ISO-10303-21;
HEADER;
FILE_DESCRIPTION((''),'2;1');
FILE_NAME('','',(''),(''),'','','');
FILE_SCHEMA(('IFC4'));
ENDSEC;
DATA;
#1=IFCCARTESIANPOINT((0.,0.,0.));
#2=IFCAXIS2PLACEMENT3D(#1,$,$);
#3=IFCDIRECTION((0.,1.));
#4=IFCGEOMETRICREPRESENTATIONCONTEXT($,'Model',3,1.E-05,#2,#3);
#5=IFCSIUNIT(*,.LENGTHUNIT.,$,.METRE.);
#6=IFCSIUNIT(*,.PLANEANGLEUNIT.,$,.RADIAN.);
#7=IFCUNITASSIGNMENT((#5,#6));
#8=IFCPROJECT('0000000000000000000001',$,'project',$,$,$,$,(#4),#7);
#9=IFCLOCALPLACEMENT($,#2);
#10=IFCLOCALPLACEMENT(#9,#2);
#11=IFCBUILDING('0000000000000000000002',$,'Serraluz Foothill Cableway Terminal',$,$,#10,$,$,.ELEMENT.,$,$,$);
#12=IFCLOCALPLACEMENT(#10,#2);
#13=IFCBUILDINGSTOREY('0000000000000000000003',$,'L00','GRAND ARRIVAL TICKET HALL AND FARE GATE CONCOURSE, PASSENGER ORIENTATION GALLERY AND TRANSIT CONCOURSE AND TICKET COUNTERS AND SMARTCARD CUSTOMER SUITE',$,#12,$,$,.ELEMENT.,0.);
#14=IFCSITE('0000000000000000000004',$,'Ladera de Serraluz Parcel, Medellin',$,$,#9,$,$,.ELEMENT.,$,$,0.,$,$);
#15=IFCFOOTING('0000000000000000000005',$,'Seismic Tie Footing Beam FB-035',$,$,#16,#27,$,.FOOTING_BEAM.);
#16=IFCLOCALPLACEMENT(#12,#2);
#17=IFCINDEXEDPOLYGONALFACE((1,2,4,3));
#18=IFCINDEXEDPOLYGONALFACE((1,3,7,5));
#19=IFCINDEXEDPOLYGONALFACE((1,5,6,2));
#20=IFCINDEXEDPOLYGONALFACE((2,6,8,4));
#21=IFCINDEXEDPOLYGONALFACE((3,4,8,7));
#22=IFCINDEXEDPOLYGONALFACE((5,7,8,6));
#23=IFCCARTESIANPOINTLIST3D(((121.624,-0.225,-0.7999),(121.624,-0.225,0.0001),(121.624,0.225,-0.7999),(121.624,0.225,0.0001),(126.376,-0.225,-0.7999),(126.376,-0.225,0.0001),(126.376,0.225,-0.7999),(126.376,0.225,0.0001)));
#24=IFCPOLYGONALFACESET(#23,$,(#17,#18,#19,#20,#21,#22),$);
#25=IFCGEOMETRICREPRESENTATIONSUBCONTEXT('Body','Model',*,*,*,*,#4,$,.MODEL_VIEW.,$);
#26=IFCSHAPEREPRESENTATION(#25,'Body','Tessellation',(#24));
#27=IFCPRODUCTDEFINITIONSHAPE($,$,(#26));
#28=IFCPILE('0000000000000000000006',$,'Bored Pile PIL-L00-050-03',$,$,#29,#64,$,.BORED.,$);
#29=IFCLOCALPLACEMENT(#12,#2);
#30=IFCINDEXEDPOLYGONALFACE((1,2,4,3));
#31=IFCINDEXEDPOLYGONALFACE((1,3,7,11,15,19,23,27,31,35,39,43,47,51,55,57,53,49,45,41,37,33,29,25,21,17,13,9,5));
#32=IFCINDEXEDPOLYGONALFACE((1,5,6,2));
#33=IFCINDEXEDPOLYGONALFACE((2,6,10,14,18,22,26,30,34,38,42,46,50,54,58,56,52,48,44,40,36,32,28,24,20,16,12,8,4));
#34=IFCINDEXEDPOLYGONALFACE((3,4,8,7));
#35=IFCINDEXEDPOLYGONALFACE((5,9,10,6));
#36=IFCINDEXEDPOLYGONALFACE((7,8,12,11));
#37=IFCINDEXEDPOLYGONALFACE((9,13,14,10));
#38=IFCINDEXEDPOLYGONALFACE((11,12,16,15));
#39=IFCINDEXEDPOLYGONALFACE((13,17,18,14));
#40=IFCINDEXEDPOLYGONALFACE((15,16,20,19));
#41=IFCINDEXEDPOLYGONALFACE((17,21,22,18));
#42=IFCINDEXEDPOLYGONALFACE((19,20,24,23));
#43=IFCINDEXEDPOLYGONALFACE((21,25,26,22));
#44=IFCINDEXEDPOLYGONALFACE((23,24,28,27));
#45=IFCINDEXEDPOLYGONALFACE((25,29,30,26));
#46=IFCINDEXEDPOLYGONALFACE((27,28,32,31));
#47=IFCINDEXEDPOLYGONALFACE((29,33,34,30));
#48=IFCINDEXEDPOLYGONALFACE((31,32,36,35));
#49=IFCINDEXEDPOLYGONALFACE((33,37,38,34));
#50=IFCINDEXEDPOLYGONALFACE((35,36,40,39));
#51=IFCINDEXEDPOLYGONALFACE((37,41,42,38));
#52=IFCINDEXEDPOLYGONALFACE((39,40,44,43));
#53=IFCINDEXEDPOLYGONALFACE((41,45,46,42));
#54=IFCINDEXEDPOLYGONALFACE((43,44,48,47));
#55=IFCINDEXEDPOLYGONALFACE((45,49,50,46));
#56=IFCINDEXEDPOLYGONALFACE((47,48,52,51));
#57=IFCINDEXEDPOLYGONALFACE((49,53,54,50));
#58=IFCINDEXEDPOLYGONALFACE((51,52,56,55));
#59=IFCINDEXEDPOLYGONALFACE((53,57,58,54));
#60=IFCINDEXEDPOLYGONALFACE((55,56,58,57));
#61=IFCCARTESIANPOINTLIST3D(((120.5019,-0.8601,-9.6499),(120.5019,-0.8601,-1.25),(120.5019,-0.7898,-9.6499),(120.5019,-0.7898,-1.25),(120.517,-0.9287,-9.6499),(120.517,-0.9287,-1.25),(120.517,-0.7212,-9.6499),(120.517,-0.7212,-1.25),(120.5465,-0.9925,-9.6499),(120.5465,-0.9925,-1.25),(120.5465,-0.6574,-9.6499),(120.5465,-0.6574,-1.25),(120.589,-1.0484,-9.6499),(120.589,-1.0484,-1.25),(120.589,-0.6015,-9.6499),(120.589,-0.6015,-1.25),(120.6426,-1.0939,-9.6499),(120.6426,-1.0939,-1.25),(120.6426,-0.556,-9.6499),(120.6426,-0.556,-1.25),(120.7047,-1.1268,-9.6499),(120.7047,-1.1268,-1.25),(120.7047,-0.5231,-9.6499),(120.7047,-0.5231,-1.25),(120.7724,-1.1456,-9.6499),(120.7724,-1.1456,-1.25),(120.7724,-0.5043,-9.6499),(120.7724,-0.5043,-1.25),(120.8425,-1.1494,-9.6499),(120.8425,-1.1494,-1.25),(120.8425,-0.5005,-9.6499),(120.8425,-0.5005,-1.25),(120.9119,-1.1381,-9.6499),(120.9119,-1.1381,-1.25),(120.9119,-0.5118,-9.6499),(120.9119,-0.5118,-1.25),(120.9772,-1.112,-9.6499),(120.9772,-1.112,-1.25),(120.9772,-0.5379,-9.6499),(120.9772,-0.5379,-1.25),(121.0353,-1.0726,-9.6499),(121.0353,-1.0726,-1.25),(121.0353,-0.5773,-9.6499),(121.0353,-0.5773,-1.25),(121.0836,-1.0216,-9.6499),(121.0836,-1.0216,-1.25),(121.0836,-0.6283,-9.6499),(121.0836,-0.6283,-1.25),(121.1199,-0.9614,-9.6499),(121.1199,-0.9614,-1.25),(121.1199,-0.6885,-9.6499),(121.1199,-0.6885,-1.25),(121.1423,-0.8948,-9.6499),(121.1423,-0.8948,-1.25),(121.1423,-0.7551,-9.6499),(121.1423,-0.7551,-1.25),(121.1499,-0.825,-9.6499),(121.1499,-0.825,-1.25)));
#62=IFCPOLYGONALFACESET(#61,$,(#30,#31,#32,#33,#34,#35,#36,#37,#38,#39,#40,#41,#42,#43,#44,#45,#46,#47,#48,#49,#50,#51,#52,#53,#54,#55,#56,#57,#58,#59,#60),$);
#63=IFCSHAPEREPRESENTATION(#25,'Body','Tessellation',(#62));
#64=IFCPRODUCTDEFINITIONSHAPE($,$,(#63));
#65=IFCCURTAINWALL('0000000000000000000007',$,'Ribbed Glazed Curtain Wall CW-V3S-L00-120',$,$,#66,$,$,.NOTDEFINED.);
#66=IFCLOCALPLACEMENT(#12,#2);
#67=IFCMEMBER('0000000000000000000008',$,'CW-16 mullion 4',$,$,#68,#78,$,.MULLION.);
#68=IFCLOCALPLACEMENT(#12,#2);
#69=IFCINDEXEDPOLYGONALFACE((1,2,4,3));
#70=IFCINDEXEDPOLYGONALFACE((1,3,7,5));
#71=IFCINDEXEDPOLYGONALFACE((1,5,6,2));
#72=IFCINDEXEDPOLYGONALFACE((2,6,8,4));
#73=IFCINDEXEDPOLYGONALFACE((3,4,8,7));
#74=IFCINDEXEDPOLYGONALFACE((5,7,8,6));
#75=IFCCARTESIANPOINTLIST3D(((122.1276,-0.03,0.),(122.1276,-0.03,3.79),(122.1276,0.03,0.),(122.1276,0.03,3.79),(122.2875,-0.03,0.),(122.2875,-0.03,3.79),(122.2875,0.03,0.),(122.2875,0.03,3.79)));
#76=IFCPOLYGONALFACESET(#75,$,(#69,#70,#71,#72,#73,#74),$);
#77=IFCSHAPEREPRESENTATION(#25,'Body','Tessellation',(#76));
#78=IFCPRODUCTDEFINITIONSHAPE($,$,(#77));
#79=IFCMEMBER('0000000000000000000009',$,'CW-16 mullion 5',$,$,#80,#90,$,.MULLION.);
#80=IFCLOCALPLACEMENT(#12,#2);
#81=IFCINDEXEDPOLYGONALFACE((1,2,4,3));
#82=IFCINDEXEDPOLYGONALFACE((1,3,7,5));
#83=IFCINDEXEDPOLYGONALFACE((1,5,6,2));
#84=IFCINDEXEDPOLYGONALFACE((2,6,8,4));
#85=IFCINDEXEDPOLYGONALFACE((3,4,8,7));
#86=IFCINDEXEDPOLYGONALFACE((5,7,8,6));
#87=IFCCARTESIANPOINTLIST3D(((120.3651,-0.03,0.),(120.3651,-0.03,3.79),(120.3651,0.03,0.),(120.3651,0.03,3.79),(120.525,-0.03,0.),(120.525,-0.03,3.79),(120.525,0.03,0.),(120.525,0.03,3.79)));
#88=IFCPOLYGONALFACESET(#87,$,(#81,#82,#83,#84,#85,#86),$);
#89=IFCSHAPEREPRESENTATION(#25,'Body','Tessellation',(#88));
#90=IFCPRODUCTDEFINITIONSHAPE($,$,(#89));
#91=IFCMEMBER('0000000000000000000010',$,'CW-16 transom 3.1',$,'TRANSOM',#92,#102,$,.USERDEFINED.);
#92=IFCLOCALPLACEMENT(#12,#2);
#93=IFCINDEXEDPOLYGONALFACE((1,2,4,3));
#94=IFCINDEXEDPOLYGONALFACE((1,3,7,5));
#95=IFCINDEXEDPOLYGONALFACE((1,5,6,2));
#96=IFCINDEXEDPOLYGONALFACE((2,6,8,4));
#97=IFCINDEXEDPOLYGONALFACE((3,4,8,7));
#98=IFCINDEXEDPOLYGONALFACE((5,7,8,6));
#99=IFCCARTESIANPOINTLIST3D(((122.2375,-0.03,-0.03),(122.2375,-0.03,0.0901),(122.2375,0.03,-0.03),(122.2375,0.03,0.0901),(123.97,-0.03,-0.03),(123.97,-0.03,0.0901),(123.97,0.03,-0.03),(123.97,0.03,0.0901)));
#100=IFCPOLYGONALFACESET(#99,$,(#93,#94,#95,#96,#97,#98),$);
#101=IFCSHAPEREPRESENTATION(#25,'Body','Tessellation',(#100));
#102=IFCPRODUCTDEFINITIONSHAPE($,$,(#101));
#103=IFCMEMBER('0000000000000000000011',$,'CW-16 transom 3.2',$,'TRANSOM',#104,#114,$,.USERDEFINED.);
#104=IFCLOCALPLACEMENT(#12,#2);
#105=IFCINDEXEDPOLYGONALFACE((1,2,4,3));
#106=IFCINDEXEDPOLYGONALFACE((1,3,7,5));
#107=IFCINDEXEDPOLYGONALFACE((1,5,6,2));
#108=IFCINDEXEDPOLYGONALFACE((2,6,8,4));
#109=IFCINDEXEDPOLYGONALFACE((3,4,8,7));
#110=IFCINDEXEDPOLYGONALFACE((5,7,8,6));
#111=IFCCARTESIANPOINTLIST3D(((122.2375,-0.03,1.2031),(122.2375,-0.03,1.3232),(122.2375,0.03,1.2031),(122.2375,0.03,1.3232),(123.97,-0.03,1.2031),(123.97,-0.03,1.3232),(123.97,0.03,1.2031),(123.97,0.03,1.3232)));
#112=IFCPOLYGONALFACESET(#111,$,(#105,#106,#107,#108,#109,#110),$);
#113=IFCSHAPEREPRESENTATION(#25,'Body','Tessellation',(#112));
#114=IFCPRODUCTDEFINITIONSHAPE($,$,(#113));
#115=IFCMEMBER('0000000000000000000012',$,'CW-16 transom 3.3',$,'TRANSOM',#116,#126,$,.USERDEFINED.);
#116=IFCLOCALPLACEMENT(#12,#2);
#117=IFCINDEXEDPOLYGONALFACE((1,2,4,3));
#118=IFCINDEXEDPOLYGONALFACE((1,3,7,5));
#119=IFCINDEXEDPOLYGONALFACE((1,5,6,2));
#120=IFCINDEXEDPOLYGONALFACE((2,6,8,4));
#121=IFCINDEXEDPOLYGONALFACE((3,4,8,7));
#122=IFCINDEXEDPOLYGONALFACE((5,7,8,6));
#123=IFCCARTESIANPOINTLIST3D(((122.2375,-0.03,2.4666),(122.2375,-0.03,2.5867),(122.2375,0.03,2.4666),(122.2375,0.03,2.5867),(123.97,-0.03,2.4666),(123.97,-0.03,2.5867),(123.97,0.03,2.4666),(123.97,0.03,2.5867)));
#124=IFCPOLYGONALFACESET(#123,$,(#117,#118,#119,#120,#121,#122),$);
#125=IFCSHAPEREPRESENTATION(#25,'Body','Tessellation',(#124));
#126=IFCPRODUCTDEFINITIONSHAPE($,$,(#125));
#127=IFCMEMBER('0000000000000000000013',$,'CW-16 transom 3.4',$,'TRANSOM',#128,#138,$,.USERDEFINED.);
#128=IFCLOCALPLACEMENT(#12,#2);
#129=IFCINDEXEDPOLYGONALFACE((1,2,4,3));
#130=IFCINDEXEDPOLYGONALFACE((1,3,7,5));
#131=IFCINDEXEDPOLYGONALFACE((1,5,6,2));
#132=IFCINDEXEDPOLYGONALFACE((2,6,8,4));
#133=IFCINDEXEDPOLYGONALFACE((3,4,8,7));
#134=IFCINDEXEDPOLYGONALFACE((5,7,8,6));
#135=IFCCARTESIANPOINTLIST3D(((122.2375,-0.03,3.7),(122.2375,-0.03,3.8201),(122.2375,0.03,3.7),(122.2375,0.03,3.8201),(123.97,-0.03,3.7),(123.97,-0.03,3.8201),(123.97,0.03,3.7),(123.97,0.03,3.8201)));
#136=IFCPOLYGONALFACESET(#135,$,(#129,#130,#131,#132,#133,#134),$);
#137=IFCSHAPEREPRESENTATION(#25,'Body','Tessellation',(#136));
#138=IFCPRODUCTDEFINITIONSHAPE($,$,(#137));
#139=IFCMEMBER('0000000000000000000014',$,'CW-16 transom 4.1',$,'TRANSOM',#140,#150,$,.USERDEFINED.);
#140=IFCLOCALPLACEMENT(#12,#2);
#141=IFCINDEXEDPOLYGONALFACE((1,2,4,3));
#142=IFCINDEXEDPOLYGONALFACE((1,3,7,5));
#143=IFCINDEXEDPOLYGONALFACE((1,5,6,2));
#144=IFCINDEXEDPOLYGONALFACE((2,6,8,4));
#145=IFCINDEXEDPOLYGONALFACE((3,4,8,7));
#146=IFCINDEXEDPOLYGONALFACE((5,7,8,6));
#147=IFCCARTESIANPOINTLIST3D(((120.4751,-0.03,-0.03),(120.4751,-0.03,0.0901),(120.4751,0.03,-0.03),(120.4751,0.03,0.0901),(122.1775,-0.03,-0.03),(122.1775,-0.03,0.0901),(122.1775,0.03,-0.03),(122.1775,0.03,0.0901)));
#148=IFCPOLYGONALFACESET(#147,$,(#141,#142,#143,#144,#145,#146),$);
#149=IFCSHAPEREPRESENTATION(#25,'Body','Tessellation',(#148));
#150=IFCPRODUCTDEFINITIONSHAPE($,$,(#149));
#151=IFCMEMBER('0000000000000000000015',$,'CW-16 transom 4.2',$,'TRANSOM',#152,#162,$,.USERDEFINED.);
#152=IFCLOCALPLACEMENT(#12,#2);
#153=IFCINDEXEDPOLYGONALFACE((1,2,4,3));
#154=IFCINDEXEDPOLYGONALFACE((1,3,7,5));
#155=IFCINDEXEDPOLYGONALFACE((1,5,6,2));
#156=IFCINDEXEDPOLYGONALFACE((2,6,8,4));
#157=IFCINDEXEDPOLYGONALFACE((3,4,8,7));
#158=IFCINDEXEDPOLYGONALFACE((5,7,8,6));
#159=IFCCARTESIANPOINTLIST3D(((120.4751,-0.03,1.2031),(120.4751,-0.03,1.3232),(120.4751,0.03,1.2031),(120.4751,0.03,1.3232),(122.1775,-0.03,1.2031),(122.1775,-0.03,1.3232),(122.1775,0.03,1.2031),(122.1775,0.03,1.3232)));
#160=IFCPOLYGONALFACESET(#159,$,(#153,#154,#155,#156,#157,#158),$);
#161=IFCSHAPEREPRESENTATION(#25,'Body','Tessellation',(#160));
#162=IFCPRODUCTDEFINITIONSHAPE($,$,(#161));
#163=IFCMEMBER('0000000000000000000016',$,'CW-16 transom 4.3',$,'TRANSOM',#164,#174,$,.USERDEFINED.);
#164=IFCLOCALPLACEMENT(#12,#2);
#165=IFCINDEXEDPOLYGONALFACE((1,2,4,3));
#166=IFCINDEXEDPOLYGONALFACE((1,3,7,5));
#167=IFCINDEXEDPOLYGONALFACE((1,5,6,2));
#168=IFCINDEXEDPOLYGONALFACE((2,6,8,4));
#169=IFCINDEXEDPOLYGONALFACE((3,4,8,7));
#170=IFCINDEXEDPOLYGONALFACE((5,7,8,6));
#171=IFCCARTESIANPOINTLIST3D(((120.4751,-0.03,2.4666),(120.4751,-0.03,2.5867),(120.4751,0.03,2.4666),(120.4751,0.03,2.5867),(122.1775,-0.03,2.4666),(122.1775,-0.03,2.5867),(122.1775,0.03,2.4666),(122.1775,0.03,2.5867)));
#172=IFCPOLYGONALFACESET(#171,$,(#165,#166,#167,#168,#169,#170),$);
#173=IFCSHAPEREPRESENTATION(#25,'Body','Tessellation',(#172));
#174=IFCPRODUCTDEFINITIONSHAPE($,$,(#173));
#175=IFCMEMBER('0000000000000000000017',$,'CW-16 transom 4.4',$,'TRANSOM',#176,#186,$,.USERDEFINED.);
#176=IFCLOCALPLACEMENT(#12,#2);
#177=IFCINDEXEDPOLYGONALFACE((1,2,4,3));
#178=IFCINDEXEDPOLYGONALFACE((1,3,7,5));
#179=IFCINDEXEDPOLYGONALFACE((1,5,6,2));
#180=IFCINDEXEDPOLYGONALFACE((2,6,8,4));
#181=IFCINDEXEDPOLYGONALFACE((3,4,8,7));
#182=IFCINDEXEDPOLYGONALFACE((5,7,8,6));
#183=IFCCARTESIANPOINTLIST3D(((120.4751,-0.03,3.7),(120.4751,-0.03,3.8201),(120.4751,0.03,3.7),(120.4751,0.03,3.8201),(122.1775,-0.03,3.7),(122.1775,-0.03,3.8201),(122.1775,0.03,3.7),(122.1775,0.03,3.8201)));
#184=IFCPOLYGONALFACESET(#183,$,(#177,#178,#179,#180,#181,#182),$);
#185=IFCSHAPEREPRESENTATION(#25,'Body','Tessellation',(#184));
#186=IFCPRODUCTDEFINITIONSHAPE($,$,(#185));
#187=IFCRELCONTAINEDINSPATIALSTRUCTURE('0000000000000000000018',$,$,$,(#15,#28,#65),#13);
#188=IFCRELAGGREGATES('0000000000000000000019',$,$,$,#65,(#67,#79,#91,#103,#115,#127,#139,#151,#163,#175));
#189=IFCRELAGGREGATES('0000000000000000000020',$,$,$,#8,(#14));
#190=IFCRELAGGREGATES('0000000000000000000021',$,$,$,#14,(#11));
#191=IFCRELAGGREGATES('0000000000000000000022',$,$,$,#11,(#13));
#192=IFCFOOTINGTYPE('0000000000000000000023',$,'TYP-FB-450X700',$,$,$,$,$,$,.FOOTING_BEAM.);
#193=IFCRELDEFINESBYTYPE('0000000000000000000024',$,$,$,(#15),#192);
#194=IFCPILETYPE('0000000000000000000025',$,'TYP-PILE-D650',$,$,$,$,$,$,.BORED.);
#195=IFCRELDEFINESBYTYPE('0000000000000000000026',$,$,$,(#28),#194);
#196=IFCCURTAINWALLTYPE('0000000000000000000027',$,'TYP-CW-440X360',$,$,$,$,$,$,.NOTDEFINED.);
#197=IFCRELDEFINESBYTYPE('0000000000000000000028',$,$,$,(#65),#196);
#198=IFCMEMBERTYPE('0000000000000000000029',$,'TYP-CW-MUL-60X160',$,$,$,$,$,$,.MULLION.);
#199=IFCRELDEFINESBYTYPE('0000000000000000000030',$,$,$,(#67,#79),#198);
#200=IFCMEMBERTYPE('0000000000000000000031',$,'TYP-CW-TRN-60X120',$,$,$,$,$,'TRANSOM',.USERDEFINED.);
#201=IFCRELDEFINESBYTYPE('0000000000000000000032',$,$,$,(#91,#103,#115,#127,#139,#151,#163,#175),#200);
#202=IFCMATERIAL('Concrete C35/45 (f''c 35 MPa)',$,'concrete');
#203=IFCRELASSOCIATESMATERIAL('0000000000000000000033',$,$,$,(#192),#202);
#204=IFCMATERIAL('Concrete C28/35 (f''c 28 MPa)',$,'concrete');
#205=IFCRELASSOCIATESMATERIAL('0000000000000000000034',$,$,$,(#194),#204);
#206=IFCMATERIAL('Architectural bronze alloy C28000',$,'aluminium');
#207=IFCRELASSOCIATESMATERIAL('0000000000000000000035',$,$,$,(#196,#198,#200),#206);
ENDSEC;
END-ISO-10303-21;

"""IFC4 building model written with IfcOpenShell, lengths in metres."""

from ifc_helpers import new_model, si_unit, direction, frame, origin, origin_2d, place, context, subcontext, project, spatial, rectangle, circle, extrude, material, material_profile, profile_set, type_object, element, aggregate, save


model = new_model("IFC4")

# Units and contexts
model_context = context("Model", 3, precision=1e-05, world=origin(), true_north=direction((0.0, 1.0)))
body_context = subcontext(model_context, "Body", "Model", "MODEL_VIEW")
ifc_project = project(units=[si_unit("LENGTHUNIT", "METRE"), si_unit("PLANEANGLEUNIT", "RADIAN")], contexts=[model_context])

# Site, building, storey
site_placement = place(None, origin())
site = spatial("IfcSite", under=ifc_project, at=site_placement, Name="Ladera de Serraluz Parcel, Medellin", CompositionType="ELEMENT", RefElevation=0.0)
building_placement = place(site_placement, origin())
building = spatial("IfcBuilding", under=site, at=building_placement, Name="Serraluz Foothill Cableway Terminal", CompositionType="ELEMENT")
storey_placement = place(building_placement, origin())
storey = spatial("IfcBuildingStorey", under=building, at=storey_placement, Name="L00", Description="GRAND ARRIVAL TICKET HALL AND FARE GATE CONCOURSE, PASSENGER ORIENTATION GALLERY AND TRANSIT CONCOURSE AND TICKET COUNTERS AND SMARTCARD CUSTOMER SUITE", CompositionType="ELEMENT", Elevation=0.0)

# Footing
ifc_material_1 = material(Name="Concrete C35/45 (f'c 35 MPa)", Category="concrete")
ifc_material_profile_1 = material_profile(ifc_material_1, rectangle(XDim=0.45, YDim=0.8, at=origin_2d()), Name="RC 450x800")
ifc_profile_set_1 = profile_set([ifc_material_profile_1], Name="Concrete C35/45 (f'c 35 MPa)")
footing_type = type_object("IfcFootingType", Name="TYP-FB-450X700", PredefinedType="FOOTING_BEAM", material=ifc_profile_set_1)
footing_placement = place(storey_placement, frame((121.624, 0.0, -0.3999), z_axis=(1.0, 0.0, 0.0), x_axis=(0.0, 1.0, 0.0)))
element("IfcFooting", 1, at=footing_placement, inside=storey, type_object=footing_type, Name="Seismic Tie Footing Beam FB-035", PredefinedType="FOOTING_BEAM", context=body_context, shape_type="SweptSolid", body=[
    extrude(rectangle(XDim=0.45, YDim=0.8, at=origin_2d()), origin(), (0.0, 0.0, 1.0), 4.752),
])

# Pile
ifc_material_2 = material(Name="Concrete C28/35 (f'c 28 MPa)", Category="concrete")
ifc_material_profile_2 = material_profile(ifc_material_2, circle(Radius=0.325, at=origin_2d()), Name="BORED PILE D650")
ifc_profile_set_2 = profile_set([ifc_material_profile_2], Name="Concrete C28/35 (f'c 28 MPa)")
pile_type = type_object("IfcPileType", Name="TYP-PILE-D650", PredefinedType="BORED", material=ifc_profile_set_2)
pile_placement = place(storey_placement, frame((120.825, -0.825, -1.25), z_axis=(0.0, 0.0, -1.0), x_axis=(1.0, 0.0, 0.0)))
element("IfcPile", 2, at=pile_placement, inside=storey, type_object=pile_type, Name="Bored Pile PIL-L00-050-03", PredefinedType="BORED", context=body_context, shape_type="SweptSolid", body=[
    extrude(circle(Radius=0.325, at=origin_2d()), origin(), (0.0, 0.0, 1.0), 8.3999),
])

# Curtain wall, members
ifc_material_3 = material(Name="Architectural bronze alloy C28000", Category="aluminium")
curtain_wall_type = type_object("IfcCurtainWallType", Name="TYP-CW-440X360", PredefinedType="NOTDEFINED", material=ifc_material_3)
curtain_wall_placement = place(storey_placement, origin())
curtain_wall = element("IfcCurtainWall", 3, at=curtain_wall_placement, inside=storey, type_object=curtain_wall_type, Name="Ribbed Glazed Curtain Wall CW-V3S-L00-120", PredefinedType="NOTDEFINED")
ifc_material_profile_3 = material_profile(ifc_material_3, rectangle(XDim=0.0601, YDim=0.1599, at=origin_2d()), Name="ALU MULLION 60x160")
ifc_profile_set_3 = profile_set([ifc_material_profile_3], Name="Architectural bronze alloy C28000")
member_type_1 = type_object("IfcMemberType", Name="TYP-CW-MUL-60X160", PredefinedType="MULLION", material=ifc_profile_set_3)
member_1_placement = place(storey_placement, frame((122.2075, 0.0, 0.0), z_axis=(0.0, 0.0, 1.0), x_axis=(0.0, -1.0, 0.0)))
member_1 = element("IfcMember", 4, at=member_1_placement, type_object=member_type_1, Name="CW-16 mullion 4", PredefinedType="MULLION", context=body_context, shape_type="SweptSolid", body=[
    extrude(rectangle(XDim=0.0601, YDim=0.1599, at=origin_2d()), origin(), (0.0, 0.0, 1.0), 3.79),
])
member_2_placement = place(storey_placement, frame((120.4451, 0.0, 0.0), z_axis=(0.0, 0.0, 1.0), x_axis=(0.0, -1.0, 0.0)))
member_2 = element("IfcMember", 5, at=member_2_placement, type_object=member_type_1, Name="CW-16 mullion 5", PredefinedType="MULLION", context=body_context, shape_type="SweptSolid", body=[
    extrude(rectangle(XDim=0.0601, YDim=0.1599, at=origin_2d()), origin(), (0.0, 0.0, 1.0), 3.79),
])
ifc_material_profile_4 = material_profile(ifc_material_3, rectangle(XDim=0.0601, YDim=0.1201, at=origin_2d()), Name="ALU TRANSOM 60x120")
ifc_profile_set_4 = profile_set([ifc_material_profile_4], Name="Architectural bronze alloy C28000")
member_type_2 = type_object("IfcMemberType", Name="TYP-CW-TRN-60X120", ElementType="TRANSOM", PredefinedType="USERDEFINED", material=ifc_profile_set_4)
member_3_placement = place(storey_placement, frame((123.97, 0.0, 0.03), z_axis=(-1.0, 0.0, 0.0), x_axis=(0.0, -1.0, 0.0)))
member_3 = element("IfcMember", 6, at=member_3_placement, type_object=member_type_2, Name="CW-16 transom 3.1", ObjectType="TRANSOM", PredefinedType="USERDEFINED", context=body_context, shape_type="SweptSolid", body=[
    extrude(rectangle(XDim=0.0601, YDim=0.1201, at=origin_2d()), origin(), (0.0, 0.0, 1.0), 1.7324),
])
member_4_placement = place(storey_placement, frame((123.97, 0.0, 1.2632), z_axis=(-1.0, 0.0, 0.0), x_axis=(0.0, -1.0, 0.0)))
member_4 = element("IfcMember", 7, at=member_4_placement, type_object=member_type_2, Name="CW-16 transom 3.2", ObjectType="TRANSOM", PredefinedType="USERDEFINED", context=body_context, shape_type="SweptSolid", body=[
    extrude(rectangle(XDim=0.0601, YDim=0.1201, at=origin_2d()), origin(), (0.0, 0.0, 1.0), 1.7324),
])
member_5_placement = place(storey_placement, frame((123.97, 0.0, 2.5266), z_axis=(-1.0, 0.0, 0.0), x_axis=(0.0, -1.0, 0.0)))
member_5 = element("IfcMember", 8, at=member_5_placement, type_object=member_type_2, Name="CW-16 transom 3.3", ObjectType="TRANSOM", PredefinedType="USERDEFINED", context=body_context, shape_type="SweptSolid", body=[
    extrude(rectangle(XDim=0.0601, YDim=0.1201, at=origin_2d()), origin(), (0.0, 0.0, 1.0), 1.7324),
])
member_6_placement = place(storey_placement, frame((123.97, 0.0, 3.76), z_axis=(-1.0, 0.0, 0.0), x_axis=(0.0, -1.0, 0.0)))
member_6 = element("IfcMember", 9, at=member_6_placement, type_object=member_type_2, Name="CW-16 transom 3.4", ObjectType="TRANSOM", PredefinedType="USERDEFINED", context=body_context, shape_type="SweptSolid", body=[
    extrude(rectangle(XDim=0.0601, YDim=0.1201, at=origin_2d()), origin(), (0.0, 0.0, 1.0), 1.7324),
])
member_7_placement = place(storey_placement, frame((122.1775, 0.0, 0.03), z_axis=(-1.0, 0.0, 0.0), x_axis=(0.0, -1.0, 0.0)))
member_7 = element("IfcMember", 10, at=member_7_placement, type_object=member_type_2, Name="CW-16 transom 4.1", ObjectType="TRANSOM", PredefinedType="USERDEFINED", context=body_context, shape_type="SweptSolid", body=[
    extrude(rectangle(XDim=0.0601, YDim=0.1201, at=origin_2d()), origin(), (0.0, 0.0, 1.0), 1.7024),
])
member_8_placement = place(storey_placement, frame((122.1775, 0.0, 1.2632), z_axis=(-1.0, 0.0, 0.0), x_axis=(0.0, -1.0, 0.0)))
member_8 = element("IfcMember", 11, at=member_8_placement, type_object=member_type_2, Name="CW-16 transom 4.2", ObjectType="TRANSOM", PredefinedType="USERDEFINED", context=body_context, shape_type="SweptSolid", body=[
    extrude(rectangle(XDim=0.0601, YDim=0.1201, at=origin_2d()), origin(), (0.0, 0.0, 1.0), 1.7024),
])
member_9_placement = place(storey_placement, frame((122.1775, 0.0, 2.5266), z_axis=(-1.0, 0.0, 0.0), x_axis=(0.0, -1.0, 0.0)))
member_9 = element("IfcMember", 12, at=member_9_placement, type_object=member_type_2, Name="CW-16 transom 4.3", ObjectType="TRANSOM", PredefinedType="USERDEFINED", context=body_context, shape_type="SweptSolid", body=[
    extrude(rectangle(XDim=0.0601, YDim=0.1201, at=origin_2d()), origin(), (0.0, 0.0, 1.0), 1.7024),
])
member_10_placement = place(storey_placement, frame((122.1775, 0.0, 3.76), z_axis=(-1.0, 0.0, 0.0), x_axis=(0.0, -1.0, 0.0)))
member_10 = element("IfcMember", 13, at=member_10_placement, type_object=member_type_2, Name="CW-16 transom 4.4", ObjectType="TRANSOM", PredefinedType="USERDEFINED", context=body_context, shape_type="SweptSolid", body=[
    extrude(rectangle(XDim=0.0601, YDim=0.1201, at=origin_2d()), origin(), (0.0, 0.0, 1.0), 1.7024),
])

aggregate(curtain_wall, [member_1, member_2, member_3, member_4, member_5, member_6, member_7, member_8, member_9, member_10])

save(model, "model.ifc")
